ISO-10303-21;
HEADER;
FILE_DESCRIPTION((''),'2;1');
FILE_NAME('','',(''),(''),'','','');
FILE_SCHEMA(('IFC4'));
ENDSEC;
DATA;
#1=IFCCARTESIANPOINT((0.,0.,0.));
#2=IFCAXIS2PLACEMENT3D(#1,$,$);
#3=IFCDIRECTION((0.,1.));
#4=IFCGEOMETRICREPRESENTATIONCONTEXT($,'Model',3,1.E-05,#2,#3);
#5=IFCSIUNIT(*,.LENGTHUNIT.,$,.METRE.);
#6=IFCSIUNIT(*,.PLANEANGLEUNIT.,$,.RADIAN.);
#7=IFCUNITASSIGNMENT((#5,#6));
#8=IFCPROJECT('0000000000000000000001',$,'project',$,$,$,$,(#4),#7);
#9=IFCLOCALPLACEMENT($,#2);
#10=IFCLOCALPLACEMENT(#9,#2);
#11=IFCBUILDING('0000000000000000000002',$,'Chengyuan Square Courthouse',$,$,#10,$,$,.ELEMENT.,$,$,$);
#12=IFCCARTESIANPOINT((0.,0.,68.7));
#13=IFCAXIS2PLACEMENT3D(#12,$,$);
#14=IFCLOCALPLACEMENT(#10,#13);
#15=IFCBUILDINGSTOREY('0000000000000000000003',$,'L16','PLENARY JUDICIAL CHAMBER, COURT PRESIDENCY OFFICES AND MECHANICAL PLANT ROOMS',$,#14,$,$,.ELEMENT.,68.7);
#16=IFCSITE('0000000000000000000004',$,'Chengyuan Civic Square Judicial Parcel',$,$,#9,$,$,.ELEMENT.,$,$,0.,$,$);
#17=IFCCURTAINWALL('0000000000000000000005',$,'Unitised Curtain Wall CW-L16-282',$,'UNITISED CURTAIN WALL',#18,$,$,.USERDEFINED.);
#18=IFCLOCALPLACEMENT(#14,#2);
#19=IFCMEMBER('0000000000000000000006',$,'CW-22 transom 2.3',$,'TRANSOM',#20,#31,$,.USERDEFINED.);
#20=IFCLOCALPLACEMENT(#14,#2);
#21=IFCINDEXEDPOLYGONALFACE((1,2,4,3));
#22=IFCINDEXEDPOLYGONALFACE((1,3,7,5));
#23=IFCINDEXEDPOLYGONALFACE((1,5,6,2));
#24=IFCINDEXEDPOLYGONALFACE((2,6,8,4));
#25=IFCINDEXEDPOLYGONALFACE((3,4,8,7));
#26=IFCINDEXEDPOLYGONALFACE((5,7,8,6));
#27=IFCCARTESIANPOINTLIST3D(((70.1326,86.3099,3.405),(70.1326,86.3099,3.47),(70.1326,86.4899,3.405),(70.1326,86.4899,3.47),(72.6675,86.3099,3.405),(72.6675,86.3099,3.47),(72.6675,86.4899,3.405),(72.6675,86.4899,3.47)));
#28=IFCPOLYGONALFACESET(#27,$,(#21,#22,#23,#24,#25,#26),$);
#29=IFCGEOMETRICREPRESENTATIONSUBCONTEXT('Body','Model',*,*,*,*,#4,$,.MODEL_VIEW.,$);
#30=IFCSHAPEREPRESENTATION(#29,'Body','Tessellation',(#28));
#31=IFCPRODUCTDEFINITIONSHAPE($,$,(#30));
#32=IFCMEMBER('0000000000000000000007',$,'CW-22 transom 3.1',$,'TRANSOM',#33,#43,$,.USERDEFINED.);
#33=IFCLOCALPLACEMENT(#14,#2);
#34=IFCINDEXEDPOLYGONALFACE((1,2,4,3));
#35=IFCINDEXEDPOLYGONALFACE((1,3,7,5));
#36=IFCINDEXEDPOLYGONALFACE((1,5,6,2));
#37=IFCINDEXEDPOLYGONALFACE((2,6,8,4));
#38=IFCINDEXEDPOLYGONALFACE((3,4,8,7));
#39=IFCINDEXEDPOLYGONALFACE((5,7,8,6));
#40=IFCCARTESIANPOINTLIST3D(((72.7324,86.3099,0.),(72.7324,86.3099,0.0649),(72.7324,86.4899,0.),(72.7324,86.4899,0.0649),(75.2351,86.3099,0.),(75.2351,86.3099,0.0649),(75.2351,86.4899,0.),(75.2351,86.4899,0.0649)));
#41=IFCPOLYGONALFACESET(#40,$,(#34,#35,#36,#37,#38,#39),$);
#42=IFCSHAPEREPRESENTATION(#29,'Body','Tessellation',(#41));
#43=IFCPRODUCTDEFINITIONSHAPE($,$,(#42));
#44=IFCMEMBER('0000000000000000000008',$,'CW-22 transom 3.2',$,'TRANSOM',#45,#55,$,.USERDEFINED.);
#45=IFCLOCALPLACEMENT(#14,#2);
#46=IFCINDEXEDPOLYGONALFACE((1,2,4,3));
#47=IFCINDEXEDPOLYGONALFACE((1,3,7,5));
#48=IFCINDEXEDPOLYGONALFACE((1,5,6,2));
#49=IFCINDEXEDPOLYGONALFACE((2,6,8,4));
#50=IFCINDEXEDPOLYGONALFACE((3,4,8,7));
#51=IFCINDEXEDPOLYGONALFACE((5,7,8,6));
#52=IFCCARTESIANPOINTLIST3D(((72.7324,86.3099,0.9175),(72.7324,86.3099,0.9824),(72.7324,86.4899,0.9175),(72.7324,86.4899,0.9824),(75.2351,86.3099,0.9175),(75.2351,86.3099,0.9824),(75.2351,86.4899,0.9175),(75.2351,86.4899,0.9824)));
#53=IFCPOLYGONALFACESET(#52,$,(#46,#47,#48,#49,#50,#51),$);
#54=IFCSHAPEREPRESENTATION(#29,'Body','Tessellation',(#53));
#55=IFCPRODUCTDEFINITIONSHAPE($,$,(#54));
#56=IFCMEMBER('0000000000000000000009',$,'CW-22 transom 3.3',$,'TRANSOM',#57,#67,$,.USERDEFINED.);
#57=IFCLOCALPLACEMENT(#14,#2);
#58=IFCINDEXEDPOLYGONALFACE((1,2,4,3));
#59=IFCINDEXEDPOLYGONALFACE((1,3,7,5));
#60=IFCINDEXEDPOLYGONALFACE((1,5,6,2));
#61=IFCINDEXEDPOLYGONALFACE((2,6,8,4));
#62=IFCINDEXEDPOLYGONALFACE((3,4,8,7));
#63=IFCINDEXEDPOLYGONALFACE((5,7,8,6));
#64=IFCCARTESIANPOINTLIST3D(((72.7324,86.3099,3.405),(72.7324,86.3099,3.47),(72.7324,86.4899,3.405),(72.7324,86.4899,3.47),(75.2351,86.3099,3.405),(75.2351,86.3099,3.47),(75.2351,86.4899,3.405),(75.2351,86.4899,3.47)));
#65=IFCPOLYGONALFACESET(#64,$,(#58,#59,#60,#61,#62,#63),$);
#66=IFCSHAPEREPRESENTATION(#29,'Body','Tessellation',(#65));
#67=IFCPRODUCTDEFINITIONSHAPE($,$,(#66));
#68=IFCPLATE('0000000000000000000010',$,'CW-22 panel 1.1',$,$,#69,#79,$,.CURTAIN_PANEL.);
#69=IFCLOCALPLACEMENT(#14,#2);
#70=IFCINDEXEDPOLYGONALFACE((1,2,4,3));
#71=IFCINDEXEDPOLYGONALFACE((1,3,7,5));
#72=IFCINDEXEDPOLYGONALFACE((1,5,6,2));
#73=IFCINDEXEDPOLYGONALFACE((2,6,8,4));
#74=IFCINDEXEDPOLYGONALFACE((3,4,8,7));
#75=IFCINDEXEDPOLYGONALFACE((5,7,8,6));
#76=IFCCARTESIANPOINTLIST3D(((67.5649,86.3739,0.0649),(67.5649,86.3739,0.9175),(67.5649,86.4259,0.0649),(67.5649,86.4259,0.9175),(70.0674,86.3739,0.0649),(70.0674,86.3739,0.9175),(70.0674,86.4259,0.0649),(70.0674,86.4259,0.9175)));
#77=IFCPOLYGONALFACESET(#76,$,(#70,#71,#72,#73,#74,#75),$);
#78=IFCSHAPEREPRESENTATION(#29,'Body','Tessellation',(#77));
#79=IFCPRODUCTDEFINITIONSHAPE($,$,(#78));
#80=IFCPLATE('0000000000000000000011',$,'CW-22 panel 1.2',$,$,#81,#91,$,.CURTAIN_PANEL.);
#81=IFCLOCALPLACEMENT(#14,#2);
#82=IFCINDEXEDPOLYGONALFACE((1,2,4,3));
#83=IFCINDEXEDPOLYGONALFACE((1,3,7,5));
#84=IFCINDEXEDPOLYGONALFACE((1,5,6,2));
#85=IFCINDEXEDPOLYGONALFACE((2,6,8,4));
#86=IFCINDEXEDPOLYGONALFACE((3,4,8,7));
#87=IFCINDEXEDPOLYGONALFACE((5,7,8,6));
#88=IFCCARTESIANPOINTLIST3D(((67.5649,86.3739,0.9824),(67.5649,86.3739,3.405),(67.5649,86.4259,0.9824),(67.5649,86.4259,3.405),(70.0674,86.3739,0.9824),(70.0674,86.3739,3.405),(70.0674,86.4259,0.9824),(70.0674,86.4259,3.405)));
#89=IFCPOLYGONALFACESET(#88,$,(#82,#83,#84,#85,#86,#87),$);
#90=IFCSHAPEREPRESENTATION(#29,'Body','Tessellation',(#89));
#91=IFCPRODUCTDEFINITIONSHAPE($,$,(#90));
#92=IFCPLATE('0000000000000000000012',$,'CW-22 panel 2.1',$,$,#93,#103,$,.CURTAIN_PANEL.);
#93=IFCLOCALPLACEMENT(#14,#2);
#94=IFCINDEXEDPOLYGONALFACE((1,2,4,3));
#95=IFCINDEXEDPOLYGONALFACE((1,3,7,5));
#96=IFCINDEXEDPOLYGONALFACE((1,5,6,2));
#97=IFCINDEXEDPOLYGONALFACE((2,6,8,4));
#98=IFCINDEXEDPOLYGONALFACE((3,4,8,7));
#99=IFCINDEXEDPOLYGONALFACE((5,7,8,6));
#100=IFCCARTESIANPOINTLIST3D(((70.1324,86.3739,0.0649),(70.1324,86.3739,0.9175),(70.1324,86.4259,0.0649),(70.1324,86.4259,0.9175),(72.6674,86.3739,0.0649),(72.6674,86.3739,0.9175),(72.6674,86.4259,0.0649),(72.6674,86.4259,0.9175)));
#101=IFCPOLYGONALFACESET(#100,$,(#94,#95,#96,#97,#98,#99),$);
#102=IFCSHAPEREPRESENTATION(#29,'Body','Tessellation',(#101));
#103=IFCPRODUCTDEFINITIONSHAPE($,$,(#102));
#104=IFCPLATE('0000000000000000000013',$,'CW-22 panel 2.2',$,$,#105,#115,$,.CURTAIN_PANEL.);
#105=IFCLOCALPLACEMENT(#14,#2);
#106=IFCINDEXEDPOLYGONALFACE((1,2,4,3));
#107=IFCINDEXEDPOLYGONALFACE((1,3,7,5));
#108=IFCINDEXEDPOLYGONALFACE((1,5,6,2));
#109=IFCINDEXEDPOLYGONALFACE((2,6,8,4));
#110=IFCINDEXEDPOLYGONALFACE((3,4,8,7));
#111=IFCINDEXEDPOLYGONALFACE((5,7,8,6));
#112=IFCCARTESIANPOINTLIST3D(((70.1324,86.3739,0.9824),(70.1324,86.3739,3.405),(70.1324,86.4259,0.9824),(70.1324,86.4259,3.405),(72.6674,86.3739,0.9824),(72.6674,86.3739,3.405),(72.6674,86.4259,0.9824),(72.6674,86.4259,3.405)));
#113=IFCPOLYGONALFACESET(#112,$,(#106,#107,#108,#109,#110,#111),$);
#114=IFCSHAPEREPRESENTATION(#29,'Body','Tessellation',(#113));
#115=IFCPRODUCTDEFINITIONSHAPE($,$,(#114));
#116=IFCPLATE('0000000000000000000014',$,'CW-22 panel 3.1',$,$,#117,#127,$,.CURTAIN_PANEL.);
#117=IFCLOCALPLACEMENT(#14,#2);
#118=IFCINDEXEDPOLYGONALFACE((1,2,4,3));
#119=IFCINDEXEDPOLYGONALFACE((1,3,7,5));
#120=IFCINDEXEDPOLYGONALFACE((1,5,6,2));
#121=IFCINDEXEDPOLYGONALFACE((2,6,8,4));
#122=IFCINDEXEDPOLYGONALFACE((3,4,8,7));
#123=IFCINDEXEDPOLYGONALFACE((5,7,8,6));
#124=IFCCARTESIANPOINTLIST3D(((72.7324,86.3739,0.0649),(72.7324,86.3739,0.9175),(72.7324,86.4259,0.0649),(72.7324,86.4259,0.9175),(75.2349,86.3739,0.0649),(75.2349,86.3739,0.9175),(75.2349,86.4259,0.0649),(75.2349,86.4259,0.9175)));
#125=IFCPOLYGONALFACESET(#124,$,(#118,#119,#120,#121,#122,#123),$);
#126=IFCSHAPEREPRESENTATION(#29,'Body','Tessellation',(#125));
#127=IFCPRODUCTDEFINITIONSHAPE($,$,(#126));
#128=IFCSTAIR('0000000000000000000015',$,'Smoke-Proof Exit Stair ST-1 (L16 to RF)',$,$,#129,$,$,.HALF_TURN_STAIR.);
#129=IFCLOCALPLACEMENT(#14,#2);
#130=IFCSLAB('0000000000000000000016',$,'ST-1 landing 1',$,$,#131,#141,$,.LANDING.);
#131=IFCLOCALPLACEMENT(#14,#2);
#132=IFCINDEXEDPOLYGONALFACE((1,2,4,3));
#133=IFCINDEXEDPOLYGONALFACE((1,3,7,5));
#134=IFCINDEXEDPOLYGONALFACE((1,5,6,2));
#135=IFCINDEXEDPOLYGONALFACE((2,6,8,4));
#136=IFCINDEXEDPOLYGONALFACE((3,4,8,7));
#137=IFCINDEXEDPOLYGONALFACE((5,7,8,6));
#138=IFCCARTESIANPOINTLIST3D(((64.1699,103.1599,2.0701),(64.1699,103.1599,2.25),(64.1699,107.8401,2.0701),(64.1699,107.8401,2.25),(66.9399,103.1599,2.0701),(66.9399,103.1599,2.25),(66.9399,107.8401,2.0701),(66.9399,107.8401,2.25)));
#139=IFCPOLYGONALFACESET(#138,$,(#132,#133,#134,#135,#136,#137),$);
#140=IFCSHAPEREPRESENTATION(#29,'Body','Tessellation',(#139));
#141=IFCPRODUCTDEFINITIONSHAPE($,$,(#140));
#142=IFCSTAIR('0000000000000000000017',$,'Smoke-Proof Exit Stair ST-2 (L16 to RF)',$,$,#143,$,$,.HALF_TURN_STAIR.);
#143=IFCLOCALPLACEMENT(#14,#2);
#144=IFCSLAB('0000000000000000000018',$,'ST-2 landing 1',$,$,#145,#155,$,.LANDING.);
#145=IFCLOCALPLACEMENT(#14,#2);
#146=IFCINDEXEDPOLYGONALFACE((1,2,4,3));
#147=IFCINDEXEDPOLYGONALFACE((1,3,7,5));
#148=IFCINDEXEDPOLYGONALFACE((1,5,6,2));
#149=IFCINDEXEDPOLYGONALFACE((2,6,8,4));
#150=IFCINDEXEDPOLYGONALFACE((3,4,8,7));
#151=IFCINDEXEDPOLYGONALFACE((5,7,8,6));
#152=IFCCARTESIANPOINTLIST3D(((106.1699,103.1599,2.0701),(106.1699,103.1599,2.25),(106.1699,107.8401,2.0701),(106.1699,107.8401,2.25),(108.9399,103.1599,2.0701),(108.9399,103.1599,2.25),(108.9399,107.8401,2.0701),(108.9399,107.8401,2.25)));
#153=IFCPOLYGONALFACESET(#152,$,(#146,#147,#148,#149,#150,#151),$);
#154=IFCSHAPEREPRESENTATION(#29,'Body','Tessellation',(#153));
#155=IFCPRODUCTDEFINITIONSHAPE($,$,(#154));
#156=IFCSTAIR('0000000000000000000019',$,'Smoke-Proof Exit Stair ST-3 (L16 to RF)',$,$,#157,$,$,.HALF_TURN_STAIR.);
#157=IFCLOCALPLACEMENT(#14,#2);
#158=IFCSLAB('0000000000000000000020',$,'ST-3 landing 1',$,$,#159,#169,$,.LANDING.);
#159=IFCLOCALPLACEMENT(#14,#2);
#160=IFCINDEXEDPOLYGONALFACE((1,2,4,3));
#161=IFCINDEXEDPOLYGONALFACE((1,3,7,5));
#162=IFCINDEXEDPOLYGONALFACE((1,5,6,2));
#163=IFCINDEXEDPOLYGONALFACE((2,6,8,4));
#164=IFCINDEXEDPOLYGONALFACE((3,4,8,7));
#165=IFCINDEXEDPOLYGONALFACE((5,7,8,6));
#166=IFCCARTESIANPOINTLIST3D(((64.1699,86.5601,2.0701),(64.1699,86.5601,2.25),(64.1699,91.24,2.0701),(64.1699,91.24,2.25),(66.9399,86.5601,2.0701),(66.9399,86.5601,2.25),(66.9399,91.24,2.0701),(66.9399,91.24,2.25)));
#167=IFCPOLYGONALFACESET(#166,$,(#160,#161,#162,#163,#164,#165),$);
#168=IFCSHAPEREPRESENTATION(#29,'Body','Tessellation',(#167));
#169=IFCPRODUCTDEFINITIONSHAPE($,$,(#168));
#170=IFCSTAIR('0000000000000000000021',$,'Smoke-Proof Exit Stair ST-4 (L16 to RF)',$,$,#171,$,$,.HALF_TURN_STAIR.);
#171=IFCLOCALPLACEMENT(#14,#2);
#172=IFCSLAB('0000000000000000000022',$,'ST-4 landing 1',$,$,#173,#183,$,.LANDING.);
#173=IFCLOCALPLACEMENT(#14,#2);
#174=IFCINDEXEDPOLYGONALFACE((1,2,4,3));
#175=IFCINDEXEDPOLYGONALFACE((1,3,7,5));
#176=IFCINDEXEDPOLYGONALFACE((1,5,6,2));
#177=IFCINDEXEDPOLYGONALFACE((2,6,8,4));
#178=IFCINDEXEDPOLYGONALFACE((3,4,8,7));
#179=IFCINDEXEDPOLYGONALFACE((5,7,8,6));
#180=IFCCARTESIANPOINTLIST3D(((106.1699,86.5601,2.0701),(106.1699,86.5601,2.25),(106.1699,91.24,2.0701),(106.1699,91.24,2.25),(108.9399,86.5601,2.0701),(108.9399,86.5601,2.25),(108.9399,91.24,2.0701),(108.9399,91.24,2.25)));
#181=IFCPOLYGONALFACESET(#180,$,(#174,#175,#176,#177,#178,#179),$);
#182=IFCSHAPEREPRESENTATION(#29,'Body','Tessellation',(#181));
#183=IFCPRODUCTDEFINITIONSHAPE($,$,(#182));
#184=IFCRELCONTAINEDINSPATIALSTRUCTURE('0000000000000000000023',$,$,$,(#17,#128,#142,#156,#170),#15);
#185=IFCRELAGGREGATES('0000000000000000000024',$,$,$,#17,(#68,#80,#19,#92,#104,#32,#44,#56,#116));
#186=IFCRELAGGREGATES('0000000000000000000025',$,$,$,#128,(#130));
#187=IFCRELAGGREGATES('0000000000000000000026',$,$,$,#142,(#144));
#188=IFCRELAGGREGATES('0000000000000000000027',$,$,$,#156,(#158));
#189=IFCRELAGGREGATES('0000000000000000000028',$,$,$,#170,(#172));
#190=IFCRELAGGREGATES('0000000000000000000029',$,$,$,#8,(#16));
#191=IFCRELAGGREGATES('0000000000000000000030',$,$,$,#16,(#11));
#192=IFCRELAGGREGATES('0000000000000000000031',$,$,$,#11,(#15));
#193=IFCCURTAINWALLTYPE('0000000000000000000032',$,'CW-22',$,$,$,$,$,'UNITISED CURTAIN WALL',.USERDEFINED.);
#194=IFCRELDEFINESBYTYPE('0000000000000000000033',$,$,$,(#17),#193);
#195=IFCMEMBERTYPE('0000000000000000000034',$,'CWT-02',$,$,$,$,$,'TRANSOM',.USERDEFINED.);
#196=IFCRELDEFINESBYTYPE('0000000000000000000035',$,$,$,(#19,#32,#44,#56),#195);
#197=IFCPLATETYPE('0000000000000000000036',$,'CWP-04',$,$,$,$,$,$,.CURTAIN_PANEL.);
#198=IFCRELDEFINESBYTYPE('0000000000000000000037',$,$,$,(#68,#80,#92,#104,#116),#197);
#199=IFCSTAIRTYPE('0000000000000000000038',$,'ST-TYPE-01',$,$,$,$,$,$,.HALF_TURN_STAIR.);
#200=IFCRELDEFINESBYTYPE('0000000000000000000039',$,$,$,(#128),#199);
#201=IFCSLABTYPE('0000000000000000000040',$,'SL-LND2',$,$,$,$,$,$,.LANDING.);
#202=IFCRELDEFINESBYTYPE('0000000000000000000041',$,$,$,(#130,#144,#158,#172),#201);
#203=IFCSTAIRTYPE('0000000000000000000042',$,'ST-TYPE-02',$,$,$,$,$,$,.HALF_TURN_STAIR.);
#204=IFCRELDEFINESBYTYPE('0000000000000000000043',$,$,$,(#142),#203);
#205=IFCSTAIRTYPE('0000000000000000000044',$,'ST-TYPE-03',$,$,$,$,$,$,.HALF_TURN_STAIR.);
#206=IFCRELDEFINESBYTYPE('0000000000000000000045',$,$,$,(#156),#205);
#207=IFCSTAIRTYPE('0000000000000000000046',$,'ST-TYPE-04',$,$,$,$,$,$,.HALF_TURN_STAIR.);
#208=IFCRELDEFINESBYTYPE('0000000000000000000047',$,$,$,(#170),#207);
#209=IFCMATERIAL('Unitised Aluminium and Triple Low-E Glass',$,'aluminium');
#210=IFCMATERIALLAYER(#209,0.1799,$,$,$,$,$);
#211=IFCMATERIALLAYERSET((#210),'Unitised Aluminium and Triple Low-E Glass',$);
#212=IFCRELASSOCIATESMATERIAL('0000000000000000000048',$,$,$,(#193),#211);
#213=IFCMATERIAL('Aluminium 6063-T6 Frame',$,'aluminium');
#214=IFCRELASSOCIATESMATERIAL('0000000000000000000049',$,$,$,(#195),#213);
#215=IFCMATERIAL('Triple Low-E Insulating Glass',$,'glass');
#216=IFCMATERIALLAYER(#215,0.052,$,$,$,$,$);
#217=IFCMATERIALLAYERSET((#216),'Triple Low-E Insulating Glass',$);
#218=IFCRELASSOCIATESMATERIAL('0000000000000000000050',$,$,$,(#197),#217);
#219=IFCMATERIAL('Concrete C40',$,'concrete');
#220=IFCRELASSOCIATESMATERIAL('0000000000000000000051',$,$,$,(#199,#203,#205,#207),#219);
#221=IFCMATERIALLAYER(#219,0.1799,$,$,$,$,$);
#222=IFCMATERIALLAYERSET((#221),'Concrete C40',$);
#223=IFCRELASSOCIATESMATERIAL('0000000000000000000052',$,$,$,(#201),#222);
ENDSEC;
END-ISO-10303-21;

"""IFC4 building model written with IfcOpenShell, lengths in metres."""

from ifc_helpers import new_model, si_unit, direction, frame, origin, origin_2d, place, context, subcontext, project, spatial, polyline, rectangle, outline, extrude, material, layer, layer_set, material_profile, profile_set, type_object, element, aggregate, save


model = new_model("IFC4")

# Units and contexts
model_context = context("Model", 3, precision=1e-05, world=origin(), true_north=direction((0.0, 1.0)))
body_context = subcontext(model_context, "Body", "Model", "MODEL_VIEW")
ifc_project = project(units=[si_unit("LENGTHUNIT", "METRE"), si_unit("PLANEANGLEUNIT", "RADIAN")], contexts=[model_context])

# Site, building, storey
site_placement = place(None, origin())
site = spatial("IfcSite", under=ifc_project, at=site_placement, Name="Chengyuan Civic Square Judicial Parcel", CompositionType="ELEMENT", RefElevation=0.0)
building_placement = place(site_placement, origin())
building = spatial("IfcBuilding", under=site, at=building_placement, Name="Chengyuan Square Courthouse", CompositionType="ELEMENT")
storey_placement = place(building_placement, frame((0.0, 0.0, 68.7)))
storey = spatial("IfcBuildingStorey", under=building, at=storey_placement, Name="L16", Description="PLENARY JUDICIAL CHAMBER, COURT PRESIDENCY OFFICES AND MECHANICAL PLANT ROOMS", CompositionType="ELEMENT", Elevation=68.7)

# Shared definitions
ifc_material_1 = material(Name="Concrete C40", Category="concrete")

# Curtain wall, members, plates
ifc_material_2 = material(Name="Unitised Aluminium and Triple Low-E Glass", Category="aluminium")
ifc_layer_1 = layer(ifc_material_2, 0.1799)
ifc_layer_set_1 = layer_set([ifc_layer_1], Name="Unitised Aluminium and Triple Low-E Glass")
curtain_wall_type = type_object("IfcCurtainWallType", Name="CW-22", ElementType="UNITISED CURTAIN WALL", PredefinedType="USERDEFINED", material=ifc_layer_set_1)
curtain_wall_placement = place(storey_placement, origin())
curtain_wall = element("IfcCurtainWall", 1, at=curtain_wall_placement, inside=storey, type_object=curtain_wall_type, Name="Unitised Curtain Wall CW-L16-282", ObjectType="UNITISED CURTAIN WALL", PredefinedType="USERDEFINED")
ifc_material_3 = material(Name="Aluminium 6063-T6 Frame", Category="aluminium")
ifc_material_profile_1 = material_profile(ifc_material_3, rectangle(XDim=0.1799, YDim=0.0649, at=origin_2d()), Name="CW-TRN-65x140")
ifc_profile_set_1 = profile_set([ifc_material_profile_1], Name="Aluminium 6063-T6 Frame")
member_type_1 = type_object("IfcMemberType", Name="CWT-02", ElementType="TRANSOM", PredefinedType="USERDEFINED", material=ifc_profile_set_1)
member_1_placement = place(storey_placement, frame((70.1326, 86.3999, 3.4375), z_axis=(1.0, 0.0, 0.0), x_axis=(0.0, 1.0, 0.0)))
member_1 = element("IfcMember", 2, at=member_1_placement, type_object=member_type_1, Name="CW-22 transom 2.3", ObjectType="TRANSOM", PredefinedType="USERDEFINED", context=body_context, shape_type="SweptSolid", body=[
    extrude(rectangle(XDim=0.1799, YDim=0.0649, at=origin_2d()), origin(), (0.0, 0.0, 1.0), 2.5349),
])
member_2_placement = place(storey_placement, frame((72.7324, 86.3999, 0.0325), z_axis=(1.0, 0.0, 0.0), x_axis=(0.0, 1.0, 0.0)))
member_2 = element("IfcMember", 3, at=member_2_placement, type_object=member_type_1, Name="CW-22 transom 3.1", ObjectType="TRANSOM", PredefinedType="USERDEFINED", context=body_context, shape_type="SweptSolid", body=[
    extrude(rectangle(XDim=0.1799, YDim=0.0649, at=origin_2d()), origin(), (0.0, 0.0, 1.0), 2.5027),
])
member_3_placement = place(storey_placement, frame((72.7324, 86.3999, 0.95), z_axis=(1.0, 0.0, 0.0), x_axis=(0.0, 1.0, 0.0)))
member_3 = element("IfcMember", 4, at=member_3_placement, type_object=member_type_1, Name="CW-22 transom 3.2", ObjectType="TRANSOM", PredefinedType="USERDEFINED", context=body_context, shape_type="SweptSolid", body=[
    extrude(rectangle(XDim=0.1799, YDim=0.0649, at=origin_2d()), origin(), (0.0, 0.0, 1.0), 2.5027),
])
member_4_placement = place(storey_placement, frame((72.7324, 86.3999, 3.4375), z_axis=(1.0, 0.0, 0.0), x_axis=(0.0, 1.0, 0.0)))
member_4 = element("IfcMember", 5, at=member_4_placement, type_object=member_type_1, Name="CW-22 transom 3.3", ObjectType="TRANSOM", PredefinedType="USERDEFINED", context=body_context, shape_type="SweptSolid", body=[
    extrude(rectangle(XDim=0.1799, YDim=0.0649, at=origin_2d()), origin(), (0.0, 0.0, 1.0), 2.5027),
])
ifc_material_4 = material(Name="Triple Low-E Insulating Glass", Category="glass")
ifc_layer_2 = layer(ifc_material_4, 0.052)
ifc_layer_set_2 = layer_set([ifc_layer_2], Name="Triple Low-E Insulating Glass")
plate_type = type_object("IfcPlateType", Name="CWP-04", PredefinedType="CURTAIN_PANEL", material=ifc_layer_set_2)
plate_1_placement = place(storey_placement, frame((68.8162, 86.3999, 0.0649), z_axis=(0.0, 0.0, 1.0), x_axis=(1.0, 0.0, 0.0)))
plate_1 = element("IfcPlate", 6, at=plate_1_placement, type_object=plate_type, Name="CW-22 panel 1.1", PredefinedType="CURTAIN_PANEL", context=body_context, shape_type="SweptSolid", body=[
    extrude(rectangle(XDim=2.5024, YDim=0.052, at=origin_2d()), origin(), (0.0, 0.0, 1.0), 0.8525),
])
plate_2_placement = place(storey_placement, frame((68.8162, 86.3999, 0.9824), z_axis=(0.0, 0.0, 1.0), x_axis=(1.0, 0.0, 0.0)))
plate_2 = element("IfcPlate", 7, at=plate_2_placement, type_object=plate_type, Name="CW-22 panel 1.2", PredefinedType="CURTAIN_PANEL", context=body_context, shape_type="SweptSolid", body=[
    extrude(rectangle(XDim=2.5024, YDim=0.052, at=origin_2d()), origin(), (0.0, 0.0, 1.0), 2.4226),
])
plate_3_placement = place(storey_placement, frame((71.3999, 86.3999, 0.0649), z_axis=(0.0, 0.0, 1.0), x_axis=(1.0, 0.0, 0.0)))
plate_3 = element("IfcPlate", 8, at=plate_3_placement, type_object=plate_type, Name="CW-22 panel 2.1", PredefinedType="CURTAIN_PANEL", context=body_context, shape_type="SweptSolid", body=[
    extrude(rectangle(XDim=2.5349, YDim=0.052, at=origin_2d()), origin(), (0.0, 0.0, 1.0), 0.8525),
])
plate_4_placement = place(storey_placement, frame((71.3999, 86.3999, 0.9824), z_axis=(0.0, 0.0, 1.0), x_axis=(1.0, 0.0, 0.0)))
plate_4 = element("IfcPlate", 9, at=plate_4_placement, type_object=plate_type, Name="CW-22 panel 2.2", PredefinedType="CURTAIN_PANEL", context=body_context, shape_type="SweptSolid", body=[
    extrude(rectangle(XDim=2.5349, YDim=0.052, at=origin_2d()), origin(), (0.0, 0.0, 1.0), 2.4226),
])
plate_5_placement = place(storey_placement, frame((73.9836, 86.3999, 0.0649), z_axis=(0.0, 0.0, 1.0), x_axis=(1.0, 0.0, 0.0)))
plate_5 = element("IfcPlate", 10, at=plate_5_placement, type_object=plate_type, Name="CW-22 panel 3.1", PredefinedType="CURTAIN_PANEL", context=body_context, shape_type="SweptSolid", body=[
    extrude(rectangle(XDim=2.5024, YDim=0.052, at=origin_2d()), origin(), (0.0, 0.0, 1.0), 0.8525),
])
aggregate(curtain_wall, [plate_1, plate_2, member_1, plate_3, plate_4, member_2, member_3, member_4, plate_5])

# Stairs, slabs
stair_type_1 = type_object("IfcStairType", Name="ST-TYPE-01", PredefinedType="HALF_TURN_STAIR", material=ifc_material_1)
stair_1_placement = place(storey_placement, origin())
stair_1 = element("IfcStair", 11, at=stair_1_placement, inside=storey, type_object=stair_type_1, Name="Smoke-Proof Exit Stair ST-1 (L16 to RF)", PredefinedType="HALF_TURN_STAIR")
ifc_layer_3 = layer(ifc_material_1, 0.1799)
ifc_layer_set_3 = layer_set([ifc_layer_3], Name="Concrete C40")
slab_type_1 = type_object("IfcSlabType", Name="SL-LND2", PredefinedType="LANDING", material=ifc_layer_set_3)
slab_1_placement = place(storey_placement, frame((0.0, 0.0, 2.0701)))
slab_1 = element("IfcSlab", 12, at=slab_1_placement, type_object=slab_type_1, Name="ST-1 landing 1", PredefinedType="LANDING", context=body_context, shape_type="SweptSolid", body=[
    extrude(outline(polyline([(64.1699, 103.1599), (66.9399, 103.1599), (66.9399, 107.8401), (64.1699, 107.8401), (64.1699, 103.1599)])), origin(), (0.0, 0.0, 1.0), 0.1799),
])
aggregate(stair_1, [slab_1])
stair_type_2 = type_object("IfcStairType", Name="ST-TYPE-02", PredefinedType="HALF_TURN_STAIR", material=ifc_material_1)
stair_2_placement = place(storey_placement, origin())
stair_2 = element("IfcStair", 13, at=stair_2_placement, inside=storey, type_object=stair_type_2, Name="Smoke-Proof Exit Stair ST-2 (L16 to RF)", PredefinedType="HALF_TURN_STAIR")
slab_2_placement = place(storey_placement, frame((0.0, 0.0, 2.0701)))
slab_2 = element("IfcSlab", 14, at=slab_2_placement, type_object=slab_type_1, Name="ST-2 landing 1", PredefinedType="LANDING", context=body_context, shape_type="SweptSolid", body=[
    extrude(outline(polyline([(106.1699, 103.1599), (108.9399, 103.1599), (108.9399, 107.8401), (106.1699, 107.8401), (106.1699, 103.1599)])), origin(), (0.0, 0.0, 1.0), 0.1799),
])
aggregate(stair_2, [slab_2])
stair_type_3 = type_object("IfcStairType", Name="ST-TYPE-03", PredefinedType="HALF_TURN_STAIR", material=ifc_material_1)
stair_3_placement = place(storey_placement, origin())
stair_3 = element("IfcStair", 15, at=stair_3_placement, inside=storey, type_object=stair_type_3, Name="Smoke-Proof Exit Stair ST-3 (L16 to RF)", PredefinedType="HALF_TURN_STAIR")
slab_3_placement = place(storey_placement, frame((0.0, 0.0, 2.0701)))
slab_3 = element("IfcSlab", 16, at=slab_3_placement, type_object=slab_type_1, Name="ST-3 landing 1", PredefinedType="LANDING", context=body_context, shape_type="SweptSolid", body=[
    extrude(outline(polyline([(64.1699, 86.5601), (66.9399, 86.5601), (66.9399, 91.24), (64.1699, 91.24), (64.1699, 86.5601)])), origin(), (0.0, 0.0, 1.0), 0.1799),
])
aggregate(stair_3, [slab_3])
stair_type_4 = type_object("IfcStairType", Name="ST-TYPE-04", PredefinedType="HALF_TURN_STAIR", material=ifc_material_1)
stair_4_placement = place(storey_placement, origin())
stair_4 = element("IfcStair", 17, at=stair_4_placement, inside=storey, type_object=stair_type_4, Name="Smoke-Proof Exit Stair ST-4 (L16 to RF)", PredefinedType="HALF_TURN_STAIR")
slab_4_placement = place(storey_placement, frame((0.0, 0.0, 2.0701)))
slab_4 = element("IfcSlab", 18, at=slab_4_placement, type_object=slab_type_1, Name="ST-4 landing 1", PredefinedType="LANDING", context=body_context, shape_type="SweptSolid", body=[
    extrude(outline(polyline([(106.1699, 86.5601), (108.9399, 86.5601), (108.9399, 91.24), (106.1699, 91.24), (106.1699, 86.5601)])), origin(), (0.0, 0.0, 1.0), 0.1799),
])
aggregate(stair_4, [slab_4])

save(model, "model.ifc")
